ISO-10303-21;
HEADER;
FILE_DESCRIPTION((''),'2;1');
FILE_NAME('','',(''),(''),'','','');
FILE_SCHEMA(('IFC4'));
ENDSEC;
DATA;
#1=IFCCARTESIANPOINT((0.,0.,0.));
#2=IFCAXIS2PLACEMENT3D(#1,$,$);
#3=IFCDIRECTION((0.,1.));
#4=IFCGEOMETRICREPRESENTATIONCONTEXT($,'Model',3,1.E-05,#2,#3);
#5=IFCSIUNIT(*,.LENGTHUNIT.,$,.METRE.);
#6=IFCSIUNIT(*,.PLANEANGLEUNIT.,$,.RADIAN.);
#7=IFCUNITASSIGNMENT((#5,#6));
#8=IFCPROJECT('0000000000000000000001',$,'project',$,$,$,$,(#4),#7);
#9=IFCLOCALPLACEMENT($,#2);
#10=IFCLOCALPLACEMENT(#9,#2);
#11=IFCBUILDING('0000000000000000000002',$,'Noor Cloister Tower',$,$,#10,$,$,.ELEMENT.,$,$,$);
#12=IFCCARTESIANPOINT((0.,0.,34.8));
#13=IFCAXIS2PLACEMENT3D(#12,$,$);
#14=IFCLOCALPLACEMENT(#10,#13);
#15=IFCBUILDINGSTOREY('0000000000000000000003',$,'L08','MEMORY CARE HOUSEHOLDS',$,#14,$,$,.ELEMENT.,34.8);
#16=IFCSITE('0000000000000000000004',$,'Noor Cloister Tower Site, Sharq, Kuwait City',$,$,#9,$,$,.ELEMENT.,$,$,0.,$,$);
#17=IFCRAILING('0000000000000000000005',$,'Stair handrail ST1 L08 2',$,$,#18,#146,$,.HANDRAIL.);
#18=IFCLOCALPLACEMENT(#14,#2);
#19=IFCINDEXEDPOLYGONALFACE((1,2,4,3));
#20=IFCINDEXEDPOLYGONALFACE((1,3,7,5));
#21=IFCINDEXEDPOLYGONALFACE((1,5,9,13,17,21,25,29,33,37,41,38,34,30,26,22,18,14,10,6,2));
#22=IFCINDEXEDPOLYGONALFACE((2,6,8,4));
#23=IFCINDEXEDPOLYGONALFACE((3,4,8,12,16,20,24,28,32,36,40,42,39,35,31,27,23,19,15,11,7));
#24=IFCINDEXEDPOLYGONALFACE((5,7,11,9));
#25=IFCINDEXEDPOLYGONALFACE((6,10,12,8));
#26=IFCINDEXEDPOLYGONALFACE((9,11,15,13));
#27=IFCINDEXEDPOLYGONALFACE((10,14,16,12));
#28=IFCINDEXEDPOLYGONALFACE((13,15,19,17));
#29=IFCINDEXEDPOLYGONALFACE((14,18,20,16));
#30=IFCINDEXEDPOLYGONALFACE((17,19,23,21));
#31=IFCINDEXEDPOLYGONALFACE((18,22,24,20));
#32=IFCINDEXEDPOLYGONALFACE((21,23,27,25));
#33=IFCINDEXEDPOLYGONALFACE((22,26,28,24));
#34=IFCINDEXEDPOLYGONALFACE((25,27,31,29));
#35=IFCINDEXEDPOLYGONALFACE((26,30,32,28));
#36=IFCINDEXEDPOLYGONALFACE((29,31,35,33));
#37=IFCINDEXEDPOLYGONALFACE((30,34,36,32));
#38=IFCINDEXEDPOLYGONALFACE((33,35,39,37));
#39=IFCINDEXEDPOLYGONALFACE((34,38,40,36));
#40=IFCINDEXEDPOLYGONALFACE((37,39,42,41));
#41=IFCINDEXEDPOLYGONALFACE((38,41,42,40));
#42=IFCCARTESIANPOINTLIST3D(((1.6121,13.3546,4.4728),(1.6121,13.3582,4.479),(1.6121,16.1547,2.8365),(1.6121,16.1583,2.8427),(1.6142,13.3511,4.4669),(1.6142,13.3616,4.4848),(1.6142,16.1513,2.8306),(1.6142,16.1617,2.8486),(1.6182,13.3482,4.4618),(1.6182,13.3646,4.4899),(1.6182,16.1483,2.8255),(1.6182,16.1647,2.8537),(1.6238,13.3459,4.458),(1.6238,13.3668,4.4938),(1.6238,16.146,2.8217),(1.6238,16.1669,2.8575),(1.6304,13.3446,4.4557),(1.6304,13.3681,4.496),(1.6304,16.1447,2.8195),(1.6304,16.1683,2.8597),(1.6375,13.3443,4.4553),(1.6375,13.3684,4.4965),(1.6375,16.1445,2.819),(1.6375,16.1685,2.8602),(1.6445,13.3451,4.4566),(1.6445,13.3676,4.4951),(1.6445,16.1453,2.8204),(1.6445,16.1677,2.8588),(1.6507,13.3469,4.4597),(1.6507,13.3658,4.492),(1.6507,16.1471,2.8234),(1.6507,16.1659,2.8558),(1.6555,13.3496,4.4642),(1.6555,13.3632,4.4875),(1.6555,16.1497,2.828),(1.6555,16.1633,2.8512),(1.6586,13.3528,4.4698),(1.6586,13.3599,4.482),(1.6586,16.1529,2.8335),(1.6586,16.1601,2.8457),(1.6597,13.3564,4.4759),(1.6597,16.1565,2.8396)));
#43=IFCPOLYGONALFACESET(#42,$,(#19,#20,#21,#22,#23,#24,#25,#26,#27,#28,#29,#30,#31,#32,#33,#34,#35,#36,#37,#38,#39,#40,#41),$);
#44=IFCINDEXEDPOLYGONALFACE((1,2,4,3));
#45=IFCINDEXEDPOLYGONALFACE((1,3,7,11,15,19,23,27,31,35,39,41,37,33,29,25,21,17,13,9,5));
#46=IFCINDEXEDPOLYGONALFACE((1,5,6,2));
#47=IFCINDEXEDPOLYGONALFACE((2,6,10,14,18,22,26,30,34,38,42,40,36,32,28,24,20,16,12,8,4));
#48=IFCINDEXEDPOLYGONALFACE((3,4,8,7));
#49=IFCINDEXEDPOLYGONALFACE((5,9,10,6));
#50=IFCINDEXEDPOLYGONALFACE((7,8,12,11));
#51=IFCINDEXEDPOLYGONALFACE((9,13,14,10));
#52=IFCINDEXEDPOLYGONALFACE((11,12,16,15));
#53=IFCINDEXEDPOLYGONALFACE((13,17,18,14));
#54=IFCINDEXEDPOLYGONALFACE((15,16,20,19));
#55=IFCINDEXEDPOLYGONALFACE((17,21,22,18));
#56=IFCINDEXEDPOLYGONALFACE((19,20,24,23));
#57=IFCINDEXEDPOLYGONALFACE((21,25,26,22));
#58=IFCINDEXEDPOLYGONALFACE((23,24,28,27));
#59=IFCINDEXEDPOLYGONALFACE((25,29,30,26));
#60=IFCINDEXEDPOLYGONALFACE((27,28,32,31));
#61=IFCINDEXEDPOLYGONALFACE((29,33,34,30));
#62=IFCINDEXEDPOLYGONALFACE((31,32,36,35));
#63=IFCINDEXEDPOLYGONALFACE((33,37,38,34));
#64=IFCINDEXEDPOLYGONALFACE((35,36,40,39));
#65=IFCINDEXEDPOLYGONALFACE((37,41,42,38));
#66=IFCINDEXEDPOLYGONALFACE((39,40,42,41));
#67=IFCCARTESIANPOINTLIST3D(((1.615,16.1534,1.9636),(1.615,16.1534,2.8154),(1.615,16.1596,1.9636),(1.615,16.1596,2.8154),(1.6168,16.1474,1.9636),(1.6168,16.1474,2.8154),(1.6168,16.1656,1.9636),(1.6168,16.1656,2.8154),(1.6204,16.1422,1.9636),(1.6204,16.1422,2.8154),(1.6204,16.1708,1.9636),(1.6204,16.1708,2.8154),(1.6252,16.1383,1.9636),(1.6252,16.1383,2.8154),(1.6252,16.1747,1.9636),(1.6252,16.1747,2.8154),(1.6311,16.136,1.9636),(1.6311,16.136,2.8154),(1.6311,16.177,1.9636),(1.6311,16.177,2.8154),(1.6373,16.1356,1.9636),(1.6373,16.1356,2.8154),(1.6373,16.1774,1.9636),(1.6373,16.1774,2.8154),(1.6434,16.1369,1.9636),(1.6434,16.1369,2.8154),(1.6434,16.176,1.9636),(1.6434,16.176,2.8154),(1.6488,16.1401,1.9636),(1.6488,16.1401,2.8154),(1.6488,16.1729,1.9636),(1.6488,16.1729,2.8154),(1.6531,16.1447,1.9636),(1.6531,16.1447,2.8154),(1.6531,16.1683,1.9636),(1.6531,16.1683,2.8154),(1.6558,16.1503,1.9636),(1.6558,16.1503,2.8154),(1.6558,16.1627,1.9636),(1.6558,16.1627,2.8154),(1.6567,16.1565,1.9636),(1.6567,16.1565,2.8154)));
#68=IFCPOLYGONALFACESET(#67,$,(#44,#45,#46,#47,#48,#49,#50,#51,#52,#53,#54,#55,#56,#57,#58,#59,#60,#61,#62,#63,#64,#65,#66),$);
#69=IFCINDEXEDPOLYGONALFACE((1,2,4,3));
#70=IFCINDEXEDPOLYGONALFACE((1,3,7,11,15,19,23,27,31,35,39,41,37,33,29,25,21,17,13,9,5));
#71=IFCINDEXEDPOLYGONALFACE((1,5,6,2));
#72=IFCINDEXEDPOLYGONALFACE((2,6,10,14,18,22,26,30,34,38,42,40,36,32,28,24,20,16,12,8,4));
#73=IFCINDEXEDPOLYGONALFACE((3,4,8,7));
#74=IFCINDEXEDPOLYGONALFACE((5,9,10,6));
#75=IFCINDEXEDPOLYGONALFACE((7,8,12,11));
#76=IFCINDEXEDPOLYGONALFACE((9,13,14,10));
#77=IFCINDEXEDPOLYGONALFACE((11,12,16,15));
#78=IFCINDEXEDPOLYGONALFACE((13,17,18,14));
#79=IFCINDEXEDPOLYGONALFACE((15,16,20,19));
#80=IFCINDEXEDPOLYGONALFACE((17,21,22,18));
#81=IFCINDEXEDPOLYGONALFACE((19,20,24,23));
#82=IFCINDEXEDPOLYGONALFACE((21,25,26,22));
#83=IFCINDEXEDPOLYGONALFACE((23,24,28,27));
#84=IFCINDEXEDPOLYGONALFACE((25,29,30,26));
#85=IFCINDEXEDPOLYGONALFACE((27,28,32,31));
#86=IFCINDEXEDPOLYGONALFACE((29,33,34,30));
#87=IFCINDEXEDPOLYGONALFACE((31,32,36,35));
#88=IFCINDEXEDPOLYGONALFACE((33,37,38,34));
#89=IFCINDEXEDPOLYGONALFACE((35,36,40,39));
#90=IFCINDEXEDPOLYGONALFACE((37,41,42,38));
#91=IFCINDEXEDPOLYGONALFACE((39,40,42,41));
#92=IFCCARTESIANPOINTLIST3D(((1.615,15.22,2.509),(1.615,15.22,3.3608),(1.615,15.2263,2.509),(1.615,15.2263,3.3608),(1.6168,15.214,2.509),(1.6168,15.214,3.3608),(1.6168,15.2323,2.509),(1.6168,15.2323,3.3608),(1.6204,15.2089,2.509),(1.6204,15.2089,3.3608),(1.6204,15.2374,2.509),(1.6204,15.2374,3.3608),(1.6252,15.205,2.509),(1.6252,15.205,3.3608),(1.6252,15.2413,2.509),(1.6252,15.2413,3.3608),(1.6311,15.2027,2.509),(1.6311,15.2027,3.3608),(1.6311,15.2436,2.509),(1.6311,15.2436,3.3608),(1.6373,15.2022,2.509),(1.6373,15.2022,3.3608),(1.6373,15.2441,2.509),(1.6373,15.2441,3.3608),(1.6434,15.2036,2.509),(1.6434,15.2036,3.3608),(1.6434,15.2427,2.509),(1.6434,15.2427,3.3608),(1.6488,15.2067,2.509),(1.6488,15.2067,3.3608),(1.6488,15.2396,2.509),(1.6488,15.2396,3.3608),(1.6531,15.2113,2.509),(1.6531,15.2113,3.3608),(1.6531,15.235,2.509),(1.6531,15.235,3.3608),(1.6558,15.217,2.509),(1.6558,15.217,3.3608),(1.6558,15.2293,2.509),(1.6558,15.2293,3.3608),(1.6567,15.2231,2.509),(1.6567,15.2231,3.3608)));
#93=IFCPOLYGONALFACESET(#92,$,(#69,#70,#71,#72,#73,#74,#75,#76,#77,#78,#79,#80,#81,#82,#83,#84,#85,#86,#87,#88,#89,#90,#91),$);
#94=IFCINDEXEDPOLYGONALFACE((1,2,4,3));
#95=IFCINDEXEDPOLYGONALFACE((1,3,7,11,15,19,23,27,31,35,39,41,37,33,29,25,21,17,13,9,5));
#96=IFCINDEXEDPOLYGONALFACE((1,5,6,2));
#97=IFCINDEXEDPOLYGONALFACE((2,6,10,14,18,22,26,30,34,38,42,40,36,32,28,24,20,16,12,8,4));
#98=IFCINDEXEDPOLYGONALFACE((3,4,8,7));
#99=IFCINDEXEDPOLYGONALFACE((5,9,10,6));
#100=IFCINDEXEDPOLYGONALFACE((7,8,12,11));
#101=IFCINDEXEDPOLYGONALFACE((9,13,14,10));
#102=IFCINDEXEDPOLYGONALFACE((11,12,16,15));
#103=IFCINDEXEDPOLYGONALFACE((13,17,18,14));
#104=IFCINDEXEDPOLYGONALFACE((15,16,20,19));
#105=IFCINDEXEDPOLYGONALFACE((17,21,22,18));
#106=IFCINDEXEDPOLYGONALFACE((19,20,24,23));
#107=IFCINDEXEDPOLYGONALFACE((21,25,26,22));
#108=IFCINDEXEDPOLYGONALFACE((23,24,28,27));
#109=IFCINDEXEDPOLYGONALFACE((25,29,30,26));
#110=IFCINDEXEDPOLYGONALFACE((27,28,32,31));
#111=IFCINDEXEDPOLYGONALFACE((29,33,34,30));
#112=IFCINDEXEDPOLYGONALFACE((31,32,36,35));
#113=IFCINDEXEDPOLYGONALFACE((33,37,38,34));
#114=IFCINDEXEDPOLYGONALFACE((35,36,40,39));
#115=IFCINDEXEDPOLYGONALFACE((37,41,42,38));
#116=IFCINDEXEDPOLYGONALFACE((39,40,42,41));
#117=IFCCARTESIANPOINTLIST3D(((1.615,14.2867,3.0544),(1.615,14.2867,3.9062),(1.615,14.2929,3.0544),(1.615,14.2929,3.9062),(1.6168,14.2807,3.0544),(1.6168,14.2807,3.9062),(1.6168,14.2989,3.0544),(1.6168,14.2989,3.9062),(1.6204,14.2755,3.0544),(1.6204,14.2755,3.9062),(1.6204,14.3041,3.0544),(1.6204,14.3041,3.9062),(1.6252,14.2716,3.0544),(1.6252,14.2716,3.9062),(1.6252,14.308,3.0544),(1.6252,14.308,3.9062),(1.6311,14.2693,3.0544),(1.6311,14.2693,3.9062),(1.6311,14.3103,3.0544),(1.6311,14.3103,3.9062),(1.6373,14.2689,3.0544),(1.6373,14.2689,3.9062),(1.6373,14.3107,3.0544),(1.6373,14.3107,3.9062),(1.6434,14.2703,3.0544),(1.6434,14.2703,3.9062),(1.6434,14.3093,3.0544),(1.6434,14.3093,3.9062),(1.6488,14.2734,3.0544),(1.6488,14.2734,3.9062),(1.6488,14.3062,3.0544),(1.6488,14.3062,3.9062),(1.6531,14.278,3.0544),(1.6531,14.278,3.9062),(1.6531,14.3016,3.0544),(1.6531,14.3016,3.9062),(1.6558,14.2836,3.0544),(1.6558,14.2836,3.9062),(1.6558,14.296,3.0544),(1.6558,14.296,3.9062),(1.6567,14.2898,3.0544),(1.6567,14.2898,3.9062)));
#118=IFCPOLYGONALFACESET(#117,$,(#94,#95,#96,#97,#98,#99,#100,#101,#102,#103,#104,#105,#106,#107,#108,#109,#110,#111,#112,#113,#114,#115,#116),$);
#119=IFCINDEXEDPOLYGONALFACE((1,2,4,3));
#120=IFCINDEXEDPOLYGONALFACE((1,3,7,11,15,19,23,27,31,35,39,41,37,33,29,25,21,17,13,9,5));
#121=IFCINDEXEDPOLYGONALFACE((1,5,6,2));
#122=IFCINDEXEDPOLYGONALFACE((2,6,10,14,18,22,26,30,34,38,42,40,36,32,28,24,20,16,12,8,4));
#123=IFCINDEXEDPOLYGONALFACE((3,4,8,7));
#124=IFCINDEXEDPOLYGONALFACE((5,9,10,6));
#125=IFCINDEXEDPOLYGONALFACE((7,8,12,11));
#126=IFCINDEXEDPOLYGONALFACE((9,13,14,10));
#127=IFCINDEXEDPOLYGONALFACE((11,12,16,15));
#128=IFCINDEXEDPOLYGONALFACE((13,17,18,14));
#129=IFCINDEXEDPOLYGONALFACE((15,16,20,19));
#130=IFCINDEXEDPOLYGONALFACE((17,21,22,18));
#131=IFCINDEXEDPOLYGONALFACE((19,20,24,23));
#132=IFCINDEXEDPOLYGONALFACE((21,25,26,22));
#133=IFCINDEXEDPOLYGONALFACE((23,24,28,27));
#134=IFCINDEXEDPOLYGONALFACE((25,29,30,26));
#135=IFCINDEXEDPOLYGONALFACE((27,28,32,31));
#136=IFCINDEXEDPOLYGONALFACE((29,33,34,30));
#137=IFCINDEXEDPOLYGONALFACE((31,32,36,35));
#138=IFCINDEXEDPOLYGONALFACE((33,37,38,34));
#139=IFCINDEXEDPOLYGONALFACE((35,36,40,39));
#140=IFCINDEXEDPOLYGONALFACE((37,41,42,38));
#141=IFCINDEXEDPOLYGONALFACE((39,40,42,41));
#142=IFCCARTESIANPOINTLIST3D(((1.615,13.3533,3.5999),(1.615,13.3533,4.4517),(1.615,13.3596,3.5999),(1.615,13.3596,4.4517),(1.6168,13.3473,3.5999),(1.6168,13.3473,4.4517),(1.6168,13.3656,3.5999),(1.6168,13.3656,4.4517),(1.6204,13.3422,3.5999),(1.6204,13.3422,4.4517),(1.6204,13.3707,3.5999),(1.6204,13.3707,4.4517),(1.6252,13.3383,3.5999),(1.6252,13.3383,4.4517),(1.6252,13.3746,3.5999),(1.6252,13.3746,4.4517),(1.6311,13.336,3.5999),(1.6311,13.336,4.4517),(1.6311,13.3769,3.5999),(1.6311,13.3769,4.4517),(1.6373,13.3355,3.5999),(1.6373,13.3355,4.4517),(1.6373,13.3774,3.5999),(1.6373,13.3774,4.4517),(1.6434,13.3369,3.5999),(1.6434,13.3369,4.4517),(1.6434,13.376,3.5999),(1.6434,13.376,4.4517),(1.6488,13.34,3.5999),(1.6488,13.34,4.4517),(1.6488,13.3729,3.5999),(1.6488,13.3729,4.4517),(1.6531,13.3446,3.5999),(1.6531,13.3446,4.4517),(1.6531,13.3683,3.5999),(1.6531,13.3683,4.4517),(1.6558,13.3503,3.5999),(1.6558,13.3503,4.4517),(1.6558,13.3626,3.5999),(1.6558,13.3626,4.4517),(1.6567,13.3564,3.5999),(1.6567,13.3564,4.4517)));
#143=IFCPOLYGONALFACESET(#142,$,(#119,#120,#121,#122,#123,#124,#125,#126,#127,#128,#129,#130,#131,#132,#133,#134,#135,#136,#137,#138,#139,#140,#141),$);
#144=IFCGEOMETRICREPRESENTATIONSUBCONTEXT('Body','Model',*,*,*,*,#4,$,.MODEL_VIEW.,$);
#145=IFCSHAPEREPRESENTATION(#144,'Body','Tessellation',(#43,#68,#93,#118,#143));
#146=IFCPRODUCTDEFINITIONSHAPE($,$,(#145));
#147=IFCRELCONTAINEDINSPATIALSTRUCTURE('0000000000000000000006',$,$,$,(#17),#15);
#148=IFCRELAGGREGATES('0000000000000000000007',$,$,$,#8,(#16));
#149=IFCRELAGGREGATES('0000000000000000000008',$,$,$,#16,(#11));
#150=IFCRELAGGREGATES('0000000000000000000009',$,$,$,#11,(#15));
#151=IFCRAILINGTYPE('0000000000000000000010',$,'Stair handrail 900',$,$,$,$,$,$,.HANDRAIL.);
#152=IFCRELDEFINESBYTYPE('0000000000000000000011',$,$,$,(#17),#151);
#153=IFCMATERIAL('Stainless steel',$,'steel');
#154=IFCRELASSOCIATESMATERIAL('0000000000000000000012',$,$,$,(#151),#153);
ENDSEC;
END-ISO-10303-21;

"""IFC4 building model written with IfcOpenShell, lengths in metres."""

from ifc_helpers import new_model, si_unit, direction, frame, origin, origin_2d, place, context, subcontext, project, spatial, circle, extrude, material, type_object, element, save


model = new_model("IFC4")

# Units and contexts
model_context = context("Model", 3, precision=1e-05, world=origin(), true_north=direction((0.0, 1.0)))
body_context = subcontext(model_context, "Body", "Model", "MODEL_VIEW")
ifc_project = project(units=[si_unit("LENGTHUNIT", "METRE"), si_unit("PLANEANGLEUNIT", "RADIAN")], contexts=[model_context])

# Site, building, storey
site_placement = place(None, origin())
site = spatial("IfcSite", under=ifc_project, at=site_placement, Name="Noor Cloister Tower Site, Sharq, Kuwait City", CompositionType="ELEMENT", RefElevation=0.0)
building_placement = place(site_placement, origin())
building = spatial("IfcBuilding", under=site, at=building_placement, Name="Noor Cloister Tower", CompositionType="ELEMENT")
storey_placement = place(building_placement, frame((0.0, 0.0, 34.8)))
storey = spatial("IfcBuildingStorey", under=building, at=storey_placement, Name="L08", Description="MEMORY CARE HOUSEHOLDS", CompositionType="ELEMENT", Elevation=34.8)

# Railing
ifc_material_1 = material(Name="Stainless steel", Category="steel")
railing_type_1 = type_object("IfcRailingType", Name="Stair handrail 900", PredefinedType="HANDRAIL", material=ifc_material_1)
railing_1_placement = place(storey_placement, frame((1.6357, 16.1565, 1.9636)))
element("IfcRailing", 1, at=railing_1_placement, inside=storey, type_object=railing_type_1, Name="Stair handrail ST1 L08 2", PredefinedType="HANDRAIL", context=body_context, shape_type="SweptSolid", body=[
    extrude(circle(Radius=0.0239, at=origin_2d()), frame((0.0, 0.0, 0.876), z_axis=(0.0, -0.863394, 0.504531), x_axis=(1.0, 0.0, 0.0)), (0.0, 0.0, 1.0), 3.2432),
    extrude(circle(Radius=0.021, at=origin_2d()), origin(), (0.0, 0.0, 1.0), 0.8518),
    extrude(circle(Radius=0.021, at=origin_2d()), frame((0.0, -0.9333, 0.5454)), (0.0, 0.0, 1.0), 0.8518),
    extrude(circle(Radius=0.021, at=origin_2d()), frame((0.0, -1.8667, 1.0908)), (0.0, 0.0, 1.0), 0.8518),
    extrude(circle(Radius=0.021, at=origin_2d()), frame((0.0, -2.8, 1.6362)), (0.0, 0.0, 1.0), 0.8518),
])

save(model, "model.ifc")
